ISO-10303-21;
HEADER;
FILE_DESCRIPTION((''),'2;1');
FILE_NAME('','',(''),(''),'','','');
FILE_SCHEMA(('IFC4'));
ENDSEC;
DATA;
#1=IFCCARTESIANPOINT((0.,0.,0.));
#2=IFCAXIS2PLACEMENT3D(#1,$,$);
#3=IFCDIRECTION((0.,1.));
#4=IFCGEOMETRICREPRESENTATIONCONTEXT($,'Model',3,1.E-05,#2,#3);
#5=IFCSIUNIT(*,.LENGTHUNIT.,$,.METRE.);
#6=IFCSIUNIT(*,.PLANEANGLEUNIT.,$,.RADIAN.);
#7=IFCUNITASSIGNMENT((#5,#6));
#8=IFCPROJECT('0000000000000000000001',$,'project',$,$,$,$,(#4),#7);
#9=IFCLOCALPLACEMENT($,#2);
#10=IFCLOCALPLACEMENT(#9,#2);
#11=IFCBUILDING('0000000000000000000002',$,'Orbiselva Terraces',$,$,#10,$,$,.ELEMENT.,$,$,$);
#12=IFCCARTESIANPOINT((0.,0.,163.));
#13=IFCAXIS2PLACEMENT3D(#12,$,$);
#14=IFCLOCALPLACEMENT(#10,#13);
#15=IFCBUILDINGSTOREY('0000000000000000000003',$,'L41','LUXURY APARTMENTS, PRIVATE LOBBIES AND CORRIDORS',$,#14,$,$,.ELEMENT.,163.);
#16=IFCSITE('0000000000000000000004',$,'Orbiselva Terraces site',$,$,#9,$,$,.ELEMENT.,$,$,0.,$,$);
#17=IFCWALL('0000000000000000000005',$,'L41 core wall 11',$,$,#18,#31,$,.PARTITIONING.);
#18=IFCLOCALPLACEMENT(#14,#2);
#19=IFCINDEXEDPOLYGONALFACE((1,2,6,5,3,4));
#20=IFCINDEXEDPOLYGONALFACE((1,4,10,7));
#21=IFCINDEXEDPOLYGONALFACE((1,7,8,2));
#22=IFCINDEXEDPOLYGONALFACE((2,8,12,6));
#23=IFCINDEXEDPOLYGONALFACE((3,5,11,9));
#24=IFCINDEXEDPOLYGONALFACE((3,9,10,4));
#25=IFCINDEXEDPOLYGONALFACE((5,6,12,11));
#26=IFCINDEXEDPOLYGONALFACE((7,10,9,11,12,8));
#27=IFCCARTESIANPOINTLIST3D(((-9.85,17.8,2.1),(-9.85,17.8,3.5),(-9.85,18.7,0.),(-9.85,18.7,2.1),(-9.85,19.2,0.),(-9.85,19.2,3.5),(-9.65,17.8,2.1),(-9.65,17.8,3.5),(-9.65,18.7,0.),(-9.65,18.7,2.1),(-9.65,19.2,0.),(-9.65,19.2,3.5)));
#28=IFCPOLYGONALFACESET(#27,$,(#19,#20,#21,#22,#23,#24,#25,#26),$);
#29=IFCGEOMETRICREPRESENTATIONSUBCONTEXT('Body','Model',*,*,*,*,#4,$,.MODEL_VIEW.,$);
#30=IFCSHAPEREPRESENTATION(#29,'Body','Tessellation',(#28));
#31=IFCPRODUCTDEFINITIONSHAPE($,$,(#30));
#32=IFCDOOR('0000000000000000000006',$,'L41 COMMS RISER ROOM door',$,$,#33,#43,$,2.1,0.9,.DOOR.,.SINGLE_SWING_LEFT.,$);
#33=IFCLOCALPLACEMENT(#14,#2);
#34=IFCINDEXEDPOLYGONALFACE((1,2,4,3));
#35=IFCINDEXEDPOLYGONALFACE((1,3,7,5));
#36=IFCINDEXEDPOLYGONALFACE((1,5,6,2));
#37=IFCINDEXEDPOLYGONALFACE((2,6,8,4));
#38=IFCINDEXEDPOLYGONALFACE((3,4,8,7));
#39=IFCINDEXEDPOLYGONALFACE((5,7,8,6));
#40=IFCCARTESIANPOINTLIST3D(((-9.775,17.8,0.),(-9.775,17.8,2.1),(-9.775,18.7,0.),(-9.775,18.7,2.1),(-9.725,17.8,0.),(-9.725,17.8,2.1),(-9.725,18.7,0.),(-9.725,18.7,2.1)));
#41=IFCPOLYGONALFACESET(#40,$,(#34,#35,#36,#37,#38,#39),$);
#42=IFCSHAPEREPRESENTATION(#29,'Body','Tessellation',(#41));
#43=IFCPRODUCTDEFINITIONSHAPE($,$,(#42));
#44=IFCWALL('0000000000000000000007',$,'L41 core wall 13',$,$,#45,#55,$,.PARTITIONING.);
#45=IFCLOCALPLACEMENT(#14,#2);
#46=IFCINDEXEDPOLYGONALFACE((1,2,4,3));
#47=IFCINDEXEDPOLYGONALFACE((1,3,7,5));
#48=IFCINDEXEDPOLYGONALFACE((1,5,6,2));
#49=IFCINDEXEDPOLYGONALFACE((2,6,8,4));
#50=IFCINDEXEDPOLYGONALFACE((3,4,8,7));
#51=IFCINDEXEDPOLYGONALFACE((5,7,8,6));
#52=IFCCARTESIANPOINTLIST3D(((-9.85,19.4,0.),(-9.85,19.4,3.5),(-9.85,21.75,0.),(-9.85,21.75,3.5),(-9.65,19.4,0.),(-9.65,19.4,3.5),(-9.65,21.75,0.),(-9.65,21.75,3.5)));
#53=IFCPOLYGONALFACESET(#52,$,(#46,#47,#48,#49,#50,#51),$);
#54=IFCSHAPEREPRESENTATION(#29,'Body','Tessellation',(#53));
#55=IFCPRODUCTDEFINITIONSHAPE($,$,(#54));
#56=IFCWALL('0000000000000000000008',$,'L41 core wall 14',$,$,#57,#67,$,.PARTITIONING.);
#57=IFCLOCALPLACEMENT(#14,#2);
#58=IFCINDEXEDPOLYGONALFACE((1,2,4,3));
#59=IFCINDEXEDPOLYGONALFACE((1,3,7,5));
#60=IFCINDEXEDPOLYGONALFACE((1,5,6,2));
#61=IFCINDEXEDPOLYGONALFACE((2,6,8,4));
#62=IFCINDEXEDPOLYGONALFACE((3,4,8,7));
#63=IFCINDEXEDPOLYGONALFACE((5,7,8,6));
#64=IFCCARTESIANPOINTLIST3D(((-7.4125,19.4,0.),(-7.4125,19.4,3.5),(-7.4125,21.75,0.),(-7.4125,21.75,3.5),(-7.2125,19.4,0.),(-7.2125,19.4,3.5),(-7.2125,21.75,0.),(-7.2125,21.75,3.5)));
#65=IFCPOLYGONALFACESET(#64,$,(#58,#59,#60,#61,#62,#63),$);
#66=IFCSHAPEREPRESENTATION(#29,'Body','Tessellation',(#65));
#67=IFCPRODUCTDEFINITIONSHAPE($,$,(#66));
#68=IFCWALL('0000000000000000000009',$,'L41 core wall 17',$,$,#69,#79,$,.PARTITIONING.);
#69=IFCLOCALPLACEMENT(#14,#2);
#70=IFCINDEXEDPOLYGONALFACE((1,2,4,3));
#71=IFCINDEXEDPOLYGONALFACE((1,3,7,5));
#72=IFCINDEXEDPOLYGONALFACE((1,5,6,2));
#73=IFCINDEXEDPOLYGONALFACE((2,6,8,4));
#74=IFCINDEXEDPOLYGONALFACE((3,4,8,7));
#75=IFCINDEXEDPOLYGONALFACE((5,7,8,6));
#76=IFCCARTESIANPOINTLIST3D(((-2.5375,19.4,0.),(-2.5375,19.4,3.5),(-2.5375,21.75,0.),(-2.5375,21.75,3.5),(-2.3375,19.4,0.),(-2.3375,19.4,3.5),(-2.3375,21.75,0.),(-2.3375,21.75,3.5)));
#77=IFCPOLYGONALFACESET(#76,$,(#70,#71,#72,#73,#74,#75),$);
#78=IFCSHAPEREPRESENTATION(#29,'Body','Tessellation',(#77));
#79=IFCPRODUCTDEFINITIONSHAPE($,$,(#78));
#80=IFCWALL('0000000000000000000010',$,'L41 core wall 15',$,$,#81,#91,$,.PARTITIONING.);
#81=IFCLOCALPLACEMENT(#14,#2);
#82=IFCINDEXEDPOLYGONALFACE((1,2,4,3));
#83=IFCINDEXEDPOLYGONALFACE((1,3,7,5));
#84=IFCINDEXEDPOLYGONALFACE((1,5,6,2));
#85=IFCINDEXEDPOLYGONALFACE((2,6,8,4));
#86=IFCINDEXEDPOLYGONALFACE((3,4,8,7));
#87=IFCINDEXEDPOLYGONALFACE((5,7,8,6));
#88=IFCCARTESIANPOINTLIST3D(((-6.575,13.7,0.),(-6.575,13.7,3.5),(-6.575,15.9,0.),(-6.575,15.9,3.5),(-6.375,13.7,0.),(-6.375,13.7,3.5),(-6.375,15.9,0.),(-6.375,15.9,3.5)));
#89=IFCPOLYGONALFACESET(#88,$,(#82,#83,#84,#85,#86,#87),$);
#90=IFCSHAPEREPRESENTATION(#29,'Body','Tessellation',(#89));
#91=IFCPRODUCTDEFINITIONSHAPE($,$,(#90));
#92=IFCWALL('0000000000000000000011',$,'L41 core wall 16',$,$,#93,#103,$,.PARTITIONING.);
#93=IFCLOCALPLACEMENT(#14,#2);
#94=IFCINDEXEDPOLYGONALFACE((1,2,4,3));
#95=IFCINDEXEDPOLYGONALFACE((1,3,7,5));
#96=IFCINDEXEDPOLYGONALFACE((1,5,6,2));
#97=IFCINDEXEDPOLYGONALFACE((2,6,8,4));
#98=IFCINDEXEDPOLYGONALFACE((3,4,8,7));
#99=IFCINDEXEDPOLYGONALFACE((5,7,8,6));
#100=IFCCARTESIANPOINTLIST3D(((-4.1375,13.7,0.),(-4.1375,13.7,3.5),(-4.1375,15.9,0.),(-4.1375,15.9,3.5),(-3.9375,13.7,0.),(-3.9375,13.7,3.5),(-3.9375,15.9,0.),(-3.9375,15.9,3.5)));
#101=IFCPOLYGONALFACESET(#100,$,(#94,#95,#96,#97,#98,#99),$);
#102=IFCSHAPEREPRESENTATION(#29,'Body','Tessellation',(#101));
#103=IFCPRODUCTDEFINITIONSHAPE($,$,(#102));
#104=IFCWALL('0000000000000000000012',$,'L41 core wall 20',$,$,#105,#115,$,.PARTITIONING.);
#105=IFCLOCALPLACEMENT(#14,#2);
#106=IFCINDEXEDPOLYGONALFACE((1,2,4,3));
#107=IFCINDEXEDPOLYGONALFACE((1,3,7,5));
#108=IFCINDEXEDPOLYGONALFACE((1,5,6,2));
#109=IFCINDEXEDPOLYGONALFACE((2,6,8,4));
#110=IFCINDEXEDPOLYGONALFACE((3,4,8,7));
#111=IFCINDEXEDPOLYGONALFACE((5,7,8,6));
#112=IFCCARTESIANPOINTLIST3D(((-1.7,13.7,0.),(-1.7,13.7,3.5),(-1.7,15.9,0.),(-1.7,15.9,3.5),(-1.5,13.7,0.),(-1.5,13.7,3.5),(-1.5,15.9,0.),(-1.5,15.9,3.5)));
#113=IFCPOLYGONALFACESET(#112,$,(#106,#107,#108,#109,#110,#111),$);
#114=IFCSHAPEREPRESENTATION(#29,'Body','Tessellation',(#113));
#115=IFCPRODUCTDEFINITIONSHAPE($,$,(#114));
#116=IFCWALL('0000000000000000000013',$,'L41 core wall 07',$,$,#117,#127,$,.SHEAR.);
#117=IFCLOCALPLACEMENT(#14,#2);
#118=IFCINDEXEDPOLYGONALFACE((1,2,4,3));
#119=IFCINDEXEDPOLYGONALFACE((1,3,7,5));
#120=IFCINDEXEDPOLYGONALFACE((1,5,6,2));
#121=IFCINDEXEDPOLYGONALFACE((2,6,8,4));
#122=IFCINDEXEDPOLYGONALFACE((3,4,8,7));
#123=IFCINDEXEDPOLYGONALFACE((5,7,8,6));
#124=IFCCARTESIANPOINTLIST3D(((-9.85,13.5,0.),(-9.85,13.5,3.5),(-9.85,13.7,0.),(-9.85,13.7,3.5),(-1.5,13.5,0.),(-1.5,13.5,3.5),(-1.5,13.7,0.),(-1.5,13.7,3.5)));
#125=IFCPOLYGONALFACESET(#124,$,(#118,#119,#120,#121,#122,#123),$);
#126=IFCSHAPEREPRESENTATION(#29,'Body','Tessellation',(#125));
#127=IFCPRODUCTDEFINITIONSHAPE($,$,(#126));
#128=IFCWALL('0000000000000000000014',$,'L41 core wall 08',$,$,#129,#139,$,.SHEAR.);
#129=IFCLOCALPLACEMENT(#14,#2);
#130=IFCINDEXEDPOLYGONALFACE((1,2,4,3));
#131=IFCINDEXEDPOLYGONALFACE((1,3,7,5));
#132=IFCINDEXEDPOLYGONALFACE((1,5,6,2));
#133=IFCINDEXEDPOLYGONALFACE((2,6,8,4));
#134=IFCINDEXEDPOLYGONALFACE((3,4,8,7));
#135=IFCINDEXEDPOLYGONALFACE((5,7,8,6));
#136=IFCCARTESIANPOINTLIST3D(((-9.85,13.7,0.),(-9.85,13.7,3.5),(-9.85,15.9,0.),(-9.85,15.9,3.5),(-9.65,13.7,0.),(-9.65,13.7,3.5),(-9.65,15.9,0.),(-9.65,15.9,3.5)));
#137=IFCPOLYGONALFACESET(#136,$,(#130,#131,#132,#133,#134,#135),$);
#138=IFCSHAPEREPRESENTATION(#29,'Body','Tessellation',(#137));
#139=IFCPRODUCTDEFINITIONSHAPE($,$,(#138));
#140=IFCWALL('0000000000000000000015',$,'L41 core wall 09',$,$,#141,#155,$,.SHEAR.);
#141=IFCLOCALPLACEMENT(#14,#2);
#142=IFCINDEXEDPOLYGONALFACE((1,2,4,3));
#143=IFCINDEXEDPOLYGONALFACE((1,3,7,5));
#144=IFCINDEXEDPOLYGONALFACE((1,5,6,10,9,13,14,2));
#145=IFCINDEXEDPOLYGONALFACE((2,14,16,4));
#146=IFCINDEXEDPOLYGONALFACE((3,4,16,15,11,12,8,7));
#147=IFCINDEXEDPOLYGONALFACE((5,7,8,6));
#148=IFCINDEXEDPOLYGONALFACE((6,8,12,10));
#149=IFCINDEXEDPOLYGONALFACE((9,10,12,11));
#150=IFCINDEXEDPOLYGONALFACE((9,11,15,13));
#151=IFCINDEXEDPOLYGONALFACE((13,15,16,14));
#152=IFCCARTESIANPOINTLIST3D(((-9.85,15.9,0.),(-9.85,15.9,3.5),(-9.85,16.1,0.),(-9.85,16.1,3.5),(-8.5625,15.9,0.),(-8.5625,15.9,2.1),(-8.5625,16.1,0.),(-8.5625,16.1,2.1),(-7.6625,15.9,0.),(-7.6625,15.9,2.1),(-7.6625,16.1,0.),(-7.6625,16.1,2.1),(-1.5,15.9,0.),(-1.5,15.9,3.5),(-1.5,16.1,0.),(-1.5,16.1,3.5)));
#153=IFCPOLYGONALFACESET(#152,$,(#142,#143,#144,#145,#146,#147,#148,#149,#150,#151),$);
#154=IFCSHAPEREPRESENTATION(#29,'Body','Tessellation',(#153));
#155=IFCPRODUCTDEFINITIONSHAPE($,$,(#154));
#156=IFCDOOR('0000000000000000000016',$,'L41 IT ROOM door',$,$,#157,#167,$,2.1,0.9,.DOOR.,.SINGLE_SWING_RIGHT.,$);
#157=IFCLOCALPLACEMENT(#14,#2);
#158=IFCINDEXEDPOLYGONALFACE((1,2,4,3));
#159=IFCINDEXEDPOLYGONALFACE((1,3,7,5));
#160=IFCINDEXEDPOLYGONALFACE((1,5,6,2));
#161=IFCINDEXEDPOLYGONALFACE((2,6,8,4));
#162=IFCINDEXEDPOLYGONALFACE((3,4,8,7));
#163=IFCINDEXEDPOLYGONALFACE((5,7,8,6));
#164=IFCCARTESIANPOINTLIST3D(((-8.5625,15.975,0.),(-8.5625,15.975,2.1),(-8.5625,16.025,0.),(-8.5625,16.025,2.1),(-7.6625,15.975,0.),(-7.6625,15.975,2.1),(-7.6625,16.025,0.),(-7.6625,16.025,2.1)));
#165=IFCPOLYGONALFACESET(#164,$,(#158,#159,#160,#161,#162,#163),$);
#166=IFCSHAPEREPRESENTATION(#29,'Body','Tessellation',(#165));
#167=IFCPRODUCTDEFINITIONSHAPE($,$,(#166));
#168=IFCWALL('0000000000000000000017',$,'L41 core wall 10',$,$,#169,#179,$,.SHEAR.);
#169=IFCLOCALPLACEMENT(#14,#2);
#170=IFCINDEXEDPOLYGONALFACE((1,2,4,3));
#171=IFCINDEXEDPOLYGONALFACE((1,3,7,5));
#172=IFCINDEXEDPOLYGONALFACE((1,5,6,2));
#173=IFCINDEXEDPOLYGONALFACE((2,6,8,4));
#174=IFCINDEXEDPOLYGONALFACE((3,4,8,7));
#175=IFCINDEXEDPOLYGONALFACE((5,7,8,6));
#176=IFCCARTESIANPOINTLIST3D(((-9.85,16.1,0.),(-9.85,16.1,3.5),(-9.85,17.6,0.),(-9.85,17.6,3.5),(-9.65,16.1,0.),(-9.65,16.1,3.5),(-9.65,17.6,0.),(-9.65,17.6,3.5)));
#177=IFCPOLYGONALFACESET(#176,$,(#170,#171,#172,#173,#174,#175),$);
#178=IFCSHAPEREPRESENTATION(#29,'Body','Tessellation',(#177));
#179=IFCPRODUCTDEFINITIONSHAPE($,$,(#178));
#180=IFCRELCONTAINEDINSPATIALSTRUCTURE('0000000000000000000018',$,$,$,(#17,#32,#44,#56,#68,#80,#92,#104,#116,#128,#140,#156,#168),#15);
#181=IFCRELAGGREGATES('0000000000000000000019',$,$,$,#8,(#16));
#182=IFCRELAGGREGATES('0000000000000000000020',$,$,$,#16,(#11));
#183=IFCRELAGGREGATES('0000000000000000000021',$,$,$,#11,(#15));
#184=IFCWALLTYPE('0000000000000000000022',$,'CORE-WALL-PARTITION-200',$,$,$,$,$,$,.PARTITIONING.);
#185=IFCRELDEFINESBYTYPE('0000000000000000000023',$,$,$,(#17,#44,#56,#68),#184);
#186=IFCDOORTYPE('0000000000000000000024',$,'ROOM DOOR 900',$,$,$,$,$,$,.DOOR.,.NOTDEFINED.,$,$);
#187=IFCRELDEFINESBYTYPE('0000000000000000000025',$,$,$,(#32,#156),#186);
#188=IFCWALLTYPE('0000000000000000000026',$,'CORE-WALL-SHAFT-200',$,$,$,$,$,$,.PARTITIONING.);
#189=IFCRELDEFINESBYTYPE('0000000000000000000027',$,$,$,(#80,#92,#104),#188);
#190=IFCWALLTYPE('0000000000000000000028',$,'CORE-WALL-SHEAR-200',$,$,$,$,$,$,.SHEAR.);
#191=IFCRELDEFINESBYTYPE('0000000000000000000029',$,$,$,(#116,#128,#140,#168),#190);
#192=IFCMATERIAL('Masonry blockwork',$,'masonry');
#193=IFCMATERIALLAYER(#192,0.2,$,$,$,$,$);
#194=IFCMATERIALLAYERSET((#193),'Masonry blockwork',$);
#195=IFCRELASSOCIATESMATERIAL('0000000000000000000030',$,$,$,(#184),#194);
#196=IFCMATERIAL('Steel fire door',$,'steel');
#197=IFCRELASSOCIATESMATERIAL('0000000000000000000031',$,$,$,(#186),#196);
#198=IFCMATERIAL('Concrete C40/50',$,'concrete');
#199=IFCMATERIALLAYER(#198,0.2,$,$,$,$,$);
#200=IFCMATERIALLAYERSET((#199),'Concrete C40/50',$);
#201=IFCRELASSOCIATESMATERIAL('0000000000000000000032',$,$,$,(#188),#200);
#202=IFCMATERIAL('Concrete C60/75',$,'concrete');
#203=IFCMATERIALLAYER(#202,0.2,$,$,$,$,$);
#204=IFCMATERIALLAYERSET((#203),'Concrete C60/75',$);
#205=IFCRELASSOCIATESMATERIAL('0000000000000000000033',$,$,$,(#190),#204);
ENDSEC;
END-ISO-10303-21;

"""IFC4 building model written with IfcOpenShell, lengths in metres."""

from ifc_helpers import new_model, si_unit, direction, frame, frame_2d, origin, place, context, subcontext, project, spatial, rectangle, extrude, material, layer, layer_set, type_object, element, fill, save


model = new_model("IFC4")

# Units and contexts
model_context = context("Model", 3, precision=1e-05, world=origin(), true_north=direction((0.0, 1.0)))
body_context = subcontext(model_context, "Body", "Model", "MODEL_VIEW")
ifc_project = project(units=[si_unit("LENGTHUNIT", "METRE"), si_unit("PLANEANGLEUNIT", "RADIAN")], contexts=[model_context])

# Site, building, storey
site_placement = place(None, origin())
site = spatial("IfcSite", under=ifc_project, at=site_placement, Name="Orbiselva Terraces site", CompositionType="ELEMENT", RefElevation=0.0)
building_placement = place(site_placement, origin())
building = spatial("IfcBuilding", under=site, at=building_placement, Name="Orbiselva Terraces", CompositionType="ELEMENT")
storey_placement = place(building_placement, frame((0.0, 0.0, 163.0)))
storey = spatial("IfcBuildingStorey", under=building, at=storey_placement, Name="L41", Description="LUXURY APARTMENTS, PRIVATE LOBBIES AND CORRIDORS", CompositionType="ELEMENT", Elevation=163.0)

# Wall, opening, door
ifc_material_1 = material(Name="Masonry blockwork", Category="masonry")
ifc_layer_1 = layer(ifc_material_1, 0.2)
ifc_layer_set_1 = layer_set([ifc_layer_1], Name="Masonry blockwork")
wall_type_1 = type_object("IfcWallType", Name="CORE-WALL-PARTITION-200", PredefinedType="PARTITIONING", material=ifc_layer_set_1)
wall_1_placement = place(storey_placement, frame((-9.75, 17.8, 0.0), z_axis=(0.0, 0.0, 1.0), x_axis=(0.0, 1.0, 0.0)))
wall_1 = element("IfcWall", 1, at=wall_1_placement, inside=storey, type_object=wall_type_1, Name="L41 core wall 11", PredefinedType="PARTITIONING", context=body_context, shape_type="SweptSolid", body=[
    extrude(rectangle(XDim=1.4, YDim=0.2, at=frame_2d((0.7, 0.0))), origin(), (0.0, 0.0, 1.0), 3.5),
])
opening_1_placement = place(wall_1_placement, origin())
opening_1 = element("IfcOpeningElement", 2, at=opening_1_placement, cuts=wall_1, PredefinedType="OPENING", context=body_context, shape_type="SweptSolid", body=[
    extrude(rectangle(XDim=0.9, YDim=2.1, at=frame_2d((0.45, 1.05))), frame((0.0, 0.11, 0.0), z_axis=(0.0, -1.0, 0.0), x_axis=(1.0, 0.0, 0.0)), (0.0, 0.0, 1.0), 0.22),
])
ifc_material_2 = material(Name="Steel fire door", Category="steel")
door_type_1 = type_object("IfcDoorType", Name="ROOM DOOR 900", OperationType="NOTDEFINED", PredefinedType="DOOR", material=ifc_material_2)
door_1_placement = place(opening_1_placement, origin())
door_1 = element("IfcDoor", 3, at=door_1_placement, inside=storey, type_object=door_type_1, Name="L41 COMMS RISER ROOM door", OperationType="SINGLE_SWING_LEFT", OverallHeight=2.1, OverallWidth=0.9, PredefinedType="DOOR", context=body_context, shape_type="SweptSolid", body=[
    extrude(rectangle(XDim=0.9, YDim=2.1, at=frame_2d((0.45, 1.05))), frame((0.0, 0.025, 0.0), z_axis=(0.0, -1.0, 0.0), x_axis=(1.0, 0.0, 0.0)), (0.0, 0.0, 1.0), 0.05),
])
fill(opening_1, door_1)

# Walls
for number, where, z_axis, x_axis, name in (
    (4, (-9.75, 19.4, 0.0), (0.0, 0.0, 1.0), (0.0, 1.0, 0.0), "L41 core wall 13"),
    (5, (-7.3125, 19.4, 0.0), (0.0, 0.0, 1.0), (0.0, 1.0, 0.0), "L41 core wall 14"),
    (6, (-2.4375, 19.4, 0.0), (0.0, 0.0, 1.0), (0.0, 1.0, 0.0), "L41 core wall 17"),
):
    element("IfcWall", number, at=place(storey_placement, frame(where, z_axis=z_axis, x_axis=x_axis)), inside=storey, type_object=wall_type_1, Name=name, PredefinedType="PARTITIONING", context=body_context, shape_type="SweptSolid", body=[
        extrude(rectangle(XDim=2.35, YDim=0.2, at=frame_2d((1.175, 0.0))), origin(), (0.0, 0.0, 1.0), 3.5),
    ])
ifc_material_3 = material(Name="Concrete C40/50", Category="concrete")
ifc_layer_2 = layer(ifc_material_3, 0.2)
ifc_layer_set_2 = layer_set([ifc_layer_2], Name="Concrete C40/50")
wall_type_2 = type_object("IfcWallType", Name="CORE-WALL-SHAFT-200", PredefinedType="PARTITIONING", material=ifc_layer_set_2)
for number, where, z_axis, x_axis, name in (
    (7, (-6.475, 13.7, 0.0), (0.0, 0.0, 1.0), (0.0, 1.0, 0.0), "L41 core wall 15"),
    (8, (-4.0375, 13.7, 0.0), (0.0, 0.0, 1.0), (0.0, 1.0, 0.0), "L41 core wall 16"),
    (9, (-1.6, 13.7, 0.0), (0.0, 0.0, 1.0), (0.0, 1.0, 0.0), "L41 core wall 20"),
):
    element("IfcWall", number, at=place(storey_placement, frame(where, z_axis=z_axis, x_axis=x_axis)), inside=storey, type_object=wall_type_2, Name=name, PredefinedType="PARTITIONING", context=body_context, shape_type="SweptSolid", body=[
        extrude(rectangle(XDim=2.2, YDim=0.2, at=frame_2d((1.1, 0.0))), origin(), (0.0, 0.0, 1.0), 3.5),
    ])
ifc_material_4 = material(Name="Concrete C60/75", Category="concrete")
ifc_layer_3 = layer(ifc_material_4, 0.2)
ifc_layer_set_3 = layer_set([ifc_layer_3], Name="Concrete C60/75")
wall_type_3 = type_object("IfcWallType", Name="CORE-WALL-SHEAR-200", PredefinedType="SHEAR", material=ifc_layer_set_3)
wall_2_placement = place(storey_placement, frame((-9.85, 13.6, 0.0), z_axis=(0.0, 0.0, 1.0), x_axis=(1.0, 0.0, 0.0)))
element("IfcWall", 10, at=wall_2_placement, inside=storey, type_object=wall_type_3, Name="L41 core wall 07", PredefinedType="SHEAR", context=body_context, shape_type="SweptSolid", body=[
    extrude(rectangle(XDim=8.35, YDim=0.2, at=frame_2d((4.175, 0.0))), origin(), (0.0, 0.0, 1.0), 3.5),
])
wall_3_placement = place(storey_placement, frame((-9.75, 13.7, 0.0), z_axis=(0.0, 0.0, 1.0), x_axis=(0.0, 1.0, 0.0)))
element("IfcWall", 11, at=wall_3_placement, inside=storey, type_object=wall_type_3, Name="L41 core wall 08", PredefinedType="SHEAR", context=body_context, shape_type="SweptSolid", body=[
    extrude(rectangle(XDim=2.2, YDim=0.2, at=frame_2d((1.1, 0.0))), origin(), (0.0, 0.0, 1.0), 3.5),
])

# Wall, opening, door
wall_4_placement = place(storey_placement, frame((-1.5, 16.0, 0.0), z_axis=(0.0, 0.0, 1.0), x_axis=(-1.0, 0.0, 0.0)))
wall_4 = element("IfcWall", 12, at=wall_4_placement, inside=storey, type_object=wall_type_3, Name="L41 core wall 09", PredefinedType="SHEAR", context=body_context, shape_type="SweptSolid", body=[
    extrude(rectangle(XDim=8.35, YDim=0.2, at=frame_2d((4.175, 0.0))), origin(), (0.0, 0.0, 1.0), 3.5),
])
opening_2_placement = place(wall_4_placement, frame((6.1625, 0.0, 0.0)))
opening_2 = element("IfcOpeningElement", 13, at=opening_2_placement, cuts=wall_4, PredefinedType="OPENING", context=body_context, shape_type="SweptSolid", body=[
    extrude(rectangle(XDim=0.9, YDim=2.1, at=frame_2d((0.45, 1.05))), frame((0.0, 0.11, 0.0), z_axis=(0.0, -1.0, 0.0), x_axis=(1.0, 0.0, 0.0)), (0.0, 0.0, 1.0), 0.22),
])
door_2_placement = place(opening_2_placement, origin())
door_2 = element("IfcDoor", 14, at=door_2_placement, inside=storey, type_object=door_type_1, Name="L41 IT ROOM door", OperationType="SINGLE_SWING_RIGHT", OverallHeight=2.1, OverallWidth=0.9, PredefinedType="DOOR", context=body_context, shape_type="SweptSolid", body=[
    extrude(rectangle(XDim=0.9, YDim=2.1, at=frame_2d((0.45, 1.05))), frame((0.0, 0.025, 0.0), z_axis=(0.0, -1.0, 0.0), x_axis=(1.0, 0.0, 0.0)), (0.0, 0.0, 1.0), 0.05),
])
fill(opening_2, door_2)

# Wall
wall_5_placement = place(storey_placement, frame((-9.75, 16.1, 0.0), z_axis=(0.0, 0.0, 1.0), x_axis=(0.0, 1.0, 0.0)))
element("IfcWall", 15, at=wall_5_placement, inside=storey, type_object=wall_type_3, Name="L41 core wall 10", PredefinedType="SHEAR", context=body_context, shape_type="SweptSolid", body=[
    extrude(rectangle(XDim=1.5, YDim=0.2, at=frame_2d((0.75, 0.0))), origin(), (0.0, 0.0, 1.0), 3.5),
])

save(model, "model.ifc")
